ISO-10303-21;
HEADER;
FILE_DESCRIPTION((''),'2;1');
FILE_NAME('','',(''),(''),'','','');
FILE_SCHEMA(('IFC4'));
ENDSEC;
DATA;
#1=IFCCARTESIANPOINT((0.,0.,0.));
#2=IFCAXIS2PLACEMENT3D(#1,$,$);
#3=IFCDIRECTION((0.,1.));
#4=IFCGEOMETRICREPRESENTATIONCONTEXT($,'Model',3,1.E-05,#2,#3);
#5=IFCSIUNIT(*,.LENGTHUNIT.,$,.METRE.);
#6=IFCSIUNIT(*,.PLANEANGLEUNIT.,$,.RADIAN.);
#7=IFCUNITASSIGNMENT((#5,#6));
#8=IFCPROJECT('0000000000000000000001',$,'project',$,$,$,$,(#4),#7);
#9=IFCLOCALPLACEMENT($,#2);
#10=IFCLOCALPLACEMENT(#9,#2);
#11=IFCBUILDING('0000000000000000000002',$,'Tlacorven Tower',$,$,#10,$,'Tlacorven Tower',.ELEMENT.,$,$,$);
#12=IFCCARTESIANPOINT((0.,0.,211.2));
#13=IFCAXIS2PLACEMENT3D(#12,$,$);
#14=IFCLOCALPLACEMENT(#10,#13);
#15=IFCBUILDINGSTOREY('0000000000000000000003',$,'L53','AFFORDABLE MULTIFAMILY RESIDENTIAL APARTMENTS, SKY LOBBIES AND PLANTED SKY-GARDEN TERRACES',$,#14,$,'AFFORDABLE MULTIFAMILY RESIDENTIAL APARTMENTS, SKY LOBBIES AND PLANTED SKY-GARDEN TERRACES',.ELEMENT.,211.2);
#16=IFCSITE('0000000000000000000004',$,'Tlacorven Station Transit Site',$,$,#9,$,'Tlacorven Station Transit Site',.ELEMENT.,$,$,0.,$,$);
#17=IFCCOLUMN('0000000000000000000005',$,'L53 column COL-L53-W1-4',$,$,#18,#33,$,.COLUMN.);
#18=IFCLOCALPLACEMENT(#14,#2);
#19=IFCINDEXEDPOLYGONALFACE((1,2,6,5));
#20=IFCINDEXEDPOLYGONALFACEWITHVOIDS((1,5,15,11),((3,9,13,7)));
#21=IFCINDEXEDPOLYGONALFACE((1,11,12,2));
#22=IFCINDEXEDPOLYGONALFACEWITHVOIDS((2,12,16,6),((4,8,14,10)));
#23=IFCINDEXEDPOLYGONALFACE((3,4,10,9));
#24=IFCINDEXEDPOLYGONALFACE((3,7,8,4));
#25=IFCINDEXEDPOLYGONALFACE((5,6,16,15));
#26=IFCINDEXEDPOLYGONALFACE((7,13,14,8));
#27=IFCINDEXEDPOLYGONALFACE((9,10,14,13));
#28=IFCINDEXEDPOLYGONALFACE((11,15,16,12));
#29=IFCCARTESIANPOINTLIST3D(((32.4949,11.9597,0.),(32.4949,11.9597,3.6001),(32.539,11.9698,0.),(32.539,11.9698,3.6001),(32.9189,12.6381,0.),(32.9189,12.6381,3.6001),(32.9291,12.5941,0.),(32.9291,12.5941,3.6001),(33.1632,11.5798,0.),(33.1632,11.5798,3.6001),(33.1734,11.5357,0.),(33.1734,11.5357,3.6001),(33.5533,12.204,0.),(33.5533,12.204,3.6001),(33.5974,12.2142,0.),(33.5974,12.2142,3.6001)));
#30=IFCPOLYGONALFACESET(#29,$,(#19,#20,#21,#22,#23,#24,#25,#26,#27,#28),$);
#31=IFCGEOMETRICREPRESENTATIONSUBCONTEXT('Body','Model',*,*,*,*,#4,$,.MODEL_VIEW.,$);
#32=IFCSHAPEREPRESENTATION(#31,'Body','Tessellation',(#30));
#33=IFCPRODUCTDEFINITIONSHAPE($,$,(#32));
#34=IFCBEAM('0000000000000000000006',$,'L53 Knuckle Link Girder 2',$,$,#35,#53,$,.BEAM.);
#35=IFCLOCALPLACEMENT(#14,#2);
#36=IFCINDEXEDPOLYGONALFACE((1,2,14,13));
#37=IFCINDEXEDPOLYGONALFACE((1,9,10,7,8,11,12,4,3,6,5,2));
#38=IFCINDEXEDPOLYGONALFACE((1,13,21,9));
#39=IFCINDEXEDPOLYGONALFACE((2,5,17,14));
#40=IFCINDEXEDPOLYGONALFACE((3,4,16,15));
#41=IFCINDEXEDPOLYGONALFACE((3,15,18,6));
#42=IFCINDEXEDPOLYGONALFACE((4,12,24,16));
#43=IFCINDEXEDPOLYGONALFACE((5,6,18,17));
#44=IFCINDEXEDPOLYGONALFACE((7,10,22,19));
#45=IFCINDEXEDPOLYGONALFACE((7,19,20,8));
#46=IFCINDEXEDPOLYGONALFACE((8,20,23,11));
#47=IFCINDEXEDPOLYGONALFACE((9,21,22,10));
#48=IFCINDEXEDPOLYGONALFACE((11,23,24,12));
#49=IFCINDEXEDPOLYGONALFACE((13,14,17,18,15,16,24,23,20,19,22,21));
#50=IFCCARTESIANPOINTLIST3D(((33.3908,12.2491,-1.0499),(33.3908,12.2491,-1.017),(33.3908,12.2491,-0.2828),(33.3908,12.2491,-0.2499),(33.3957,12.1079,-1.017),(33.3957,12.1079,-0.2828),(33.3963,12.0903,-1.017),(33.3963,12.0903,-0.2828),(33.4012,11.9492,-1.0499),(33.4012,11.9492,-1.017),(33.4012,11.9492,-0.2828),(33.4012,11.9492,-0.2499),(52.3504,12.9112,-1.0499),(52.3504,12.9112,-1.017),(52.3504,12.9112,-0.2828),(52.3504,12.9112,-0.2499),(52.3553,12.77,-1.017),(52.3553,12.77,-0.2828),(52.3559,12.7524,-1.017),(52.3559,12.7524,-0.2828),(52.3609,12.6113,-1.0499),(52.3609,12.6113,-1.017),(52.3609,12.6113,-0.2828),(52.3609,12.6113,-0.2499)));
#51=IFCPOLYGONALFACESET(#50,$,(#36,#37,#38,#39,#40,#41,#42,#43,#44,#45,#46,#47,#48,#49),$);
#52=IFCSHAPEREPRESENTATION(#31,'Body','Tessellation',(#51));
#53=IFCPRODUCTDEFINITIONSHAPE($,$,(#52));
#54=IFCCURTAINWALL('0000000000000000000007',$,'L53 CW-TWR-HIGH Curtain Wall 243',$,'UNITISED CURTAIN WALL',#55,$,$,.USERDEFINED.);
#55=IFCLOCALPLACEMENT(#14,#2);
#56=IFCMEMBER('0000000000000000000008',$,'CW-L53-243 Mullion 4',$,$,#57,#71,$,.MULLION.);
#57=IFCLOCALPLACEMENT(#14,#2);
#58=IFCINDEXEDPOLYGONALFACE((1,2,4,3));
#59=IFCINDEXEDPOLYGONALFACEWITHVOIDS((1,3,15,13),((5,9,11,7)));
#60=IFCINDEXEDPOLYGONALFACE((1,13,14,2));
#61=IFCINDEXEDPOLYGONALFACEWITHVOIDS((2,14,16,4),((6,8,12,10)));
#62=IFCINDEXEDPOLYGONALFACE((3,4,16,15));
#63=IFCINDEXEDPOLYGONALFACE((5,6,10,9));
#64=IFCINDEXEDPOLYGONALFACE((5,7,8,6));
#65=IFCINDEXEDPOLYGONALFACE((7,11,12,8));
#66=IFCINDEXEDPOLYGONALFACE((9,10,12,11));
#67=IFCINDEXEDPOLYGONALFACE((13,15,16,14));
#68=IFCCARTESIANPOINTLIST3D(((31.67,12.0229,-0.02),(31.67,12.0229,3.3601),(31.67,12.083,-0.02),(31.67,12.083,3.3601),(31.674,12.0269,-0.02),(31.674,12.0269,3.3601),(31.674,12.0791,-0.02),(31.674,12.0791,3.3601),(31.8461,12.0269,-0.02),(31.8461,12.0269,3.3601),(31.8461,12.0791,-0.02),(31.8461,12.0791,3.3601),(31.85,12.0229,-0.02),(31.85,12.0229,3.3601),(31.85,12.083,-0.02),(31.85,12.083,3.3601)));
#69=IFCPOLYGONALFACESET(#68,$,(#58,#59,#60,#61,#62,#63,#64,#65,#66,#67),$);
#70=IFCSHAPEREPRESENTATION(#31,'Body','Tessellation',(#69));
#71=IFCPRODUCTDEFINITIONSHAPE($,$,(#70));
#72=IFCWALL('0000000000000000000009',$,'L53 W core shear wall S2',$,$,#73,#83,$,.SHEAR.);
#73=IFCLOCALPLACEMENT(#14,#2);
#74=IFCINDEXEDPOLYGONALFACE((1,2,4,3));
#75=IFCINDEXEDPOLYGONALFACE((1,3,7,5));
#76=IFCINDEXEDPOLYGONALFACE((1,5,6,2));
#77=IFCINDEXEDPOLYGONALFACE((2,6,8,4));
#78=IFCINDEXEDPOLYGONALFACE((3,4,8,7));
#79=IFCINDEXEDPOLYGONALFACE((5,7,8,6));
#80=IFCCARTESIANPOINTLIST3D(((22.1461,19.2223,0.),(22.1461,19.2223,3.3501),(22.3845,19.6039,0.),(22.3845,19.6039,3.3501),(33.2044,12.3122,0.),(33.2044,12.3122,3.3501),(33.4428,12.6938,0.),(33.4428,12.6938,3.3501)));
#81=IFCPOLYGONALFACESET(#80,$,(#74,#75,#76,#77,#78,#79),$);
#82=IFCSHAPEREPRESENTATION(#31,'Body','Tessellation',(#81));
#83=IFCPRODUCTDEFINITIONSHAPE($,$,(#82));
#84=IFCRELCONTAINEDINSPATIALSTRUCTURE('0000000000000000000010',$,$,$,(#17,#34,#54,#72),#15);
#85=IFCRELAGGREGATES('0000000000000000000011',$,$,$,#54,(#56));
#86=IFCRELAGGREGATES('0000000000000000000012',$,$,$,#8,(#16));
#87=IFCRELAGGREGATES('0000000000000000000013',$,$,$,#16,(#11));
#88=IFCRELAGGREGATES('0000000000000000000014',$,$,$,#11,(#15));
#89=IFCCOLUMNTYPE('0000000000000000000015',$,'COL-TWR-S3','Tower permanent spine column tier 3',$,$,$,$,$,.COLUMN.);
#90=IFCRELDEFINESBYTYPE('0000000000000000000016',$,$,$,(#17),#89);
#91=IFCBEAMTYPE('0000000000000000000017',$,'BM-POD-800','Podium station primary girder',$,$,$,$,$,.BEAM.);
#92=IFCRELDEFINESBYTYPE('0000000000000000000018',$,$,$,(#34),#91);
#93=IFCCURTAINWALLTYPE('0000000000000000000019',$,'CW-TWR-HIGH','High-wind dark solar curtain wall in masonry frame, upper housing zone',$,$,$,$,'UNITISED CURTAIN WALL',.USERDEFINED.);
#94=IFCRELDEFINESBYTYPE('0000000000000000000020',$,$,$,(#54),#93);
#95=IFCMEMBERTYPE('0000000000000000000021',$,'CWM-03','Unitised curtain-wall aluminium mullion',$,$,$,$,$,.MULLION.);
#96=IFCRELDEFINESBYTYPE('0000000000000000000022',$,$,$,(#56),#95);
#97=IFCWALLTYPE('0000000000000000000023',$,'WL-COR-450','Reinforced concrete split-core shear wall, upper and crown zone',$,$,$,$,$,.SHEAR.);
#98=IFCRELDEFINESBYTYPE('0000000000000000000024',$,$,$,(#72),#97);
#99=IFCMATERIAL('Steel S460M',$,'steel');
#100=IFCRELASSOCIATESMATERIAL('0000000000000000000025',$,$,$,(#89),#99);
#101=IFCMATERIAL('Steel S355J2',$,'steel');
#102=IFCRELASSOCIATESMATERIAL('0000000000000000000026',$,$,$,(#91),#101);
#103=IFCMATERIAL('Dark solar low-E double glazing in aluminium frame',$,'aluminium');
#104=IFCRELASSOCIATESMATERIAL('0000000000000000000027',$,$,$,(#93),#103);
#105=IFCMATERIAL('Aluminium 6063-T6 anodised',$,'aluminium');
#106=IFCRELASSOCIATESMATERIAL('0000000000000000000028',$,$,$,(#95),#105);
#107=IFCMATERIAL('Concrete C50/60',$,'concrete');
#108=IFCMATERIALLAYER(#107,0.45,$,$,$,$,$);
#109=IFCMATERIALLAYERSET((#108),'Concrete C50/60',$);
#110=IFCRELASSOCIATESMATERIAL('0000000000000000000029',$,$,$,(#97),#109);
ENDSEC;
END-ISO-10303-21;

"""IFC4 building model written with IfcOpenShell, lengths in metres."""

from ifc_helpers import new_model, si_unit, direction, frame, frame_2d, origin, origin_2d, place, context, subcontext, project, spatial, rectangle, hollow_rectangle, i_section, extrude, source, transform, mapped, material, layer, layer_set, material_profile, profile_set, type_object, element, aggregate, save


model = new_model("IFC4")

# Units and contexts
model_context = context("Model", 3, precision=1e-05, world=origin(), true_north=direction((0.0, 1.0)))
body_context = subcontext(model_context, "Body", "Model", "MODEL_VIEW")
ifc_project = project(units=[si_unit("LENGTHUNIT", "METRE"), si_unit("PLANEANGLEUNIT", "RADIAN")], contexts=[model_context])

# Site, building, storey
site_placement = place(None, origin())
site = spatial("IfcSite", under=ifc_project, at=site_placement, Name="Tlacorven Station Transit Site", LongName="Tlacorven Station Transit Site", CompositionType="ELEMENT", RefElevation=0.0)
building_placement = place(site_placement, origin())
building = spatial("IfcBuilding", under=site, at=building_placement, Name="Tlacorven Tower", LongName="Tlacorven Tower", CompositionType="ELEMENT")
storey_placement = place(building_placement, frame((0.0, 0.0, 211.2)))
storey = spatial("IfcBuildingStorey", under=building, at=storey_placement, Name="L53", Description="AFFORDABLE MULTIFAMILY RESIDENTIAL APARTMENTS, SKY LOBBIES AND PLANTED SKY-GARDEN TERRACES", LongName="AFFORDABLE MULTIFAMILY RESIDENTIAL APARTMENTS, SKY LOBBIES AND PLANTED SKY-GARDEN TERRACES", CompositionType="ELEMENT", Elevation=211.2)

# Column
ifc_material_1 = material(Name="Steel S460M", Category="steel")
ifc_material_profile_1 = material_profile(ifc_material_1, hollow_rectangle(XDim=0.8, YDim=0.8, WallThickness=0.032, at=origin_2d()), Name="BOX 800X800X32")
ifc_profile_set_1 = profile_set([ifc_material_profile_1], Name="Steel S460M")
column_type = type_object("IfcColumnType", Name="COL-TWR-S3", Description="Tower permanent spine column tier 3", PredefinedType="COLUMN", material=ifc_profile_set_1)
shared_shape_1 = source(origin(), body_context, "Body", "SweptSolid", [
    extrude(hollow_rectangle(XDim=0.8, YDim=0.8, WallThickness=0.032, at=origin_2d()), origin(), (0.0, 0.0, 1.0), 3.6001),
])
column_placement = place(storey_placement, frame((33.0461, 12.0869, 0.0), z_axis=(0.0, 0.0, 1.0), x_axis=(-0.848048, 0.529919, 0.0)))
element("IfcColumn", 1, at=column_placement, inside=storey, type_object=column_type, Name="L53 column COL-L53-W1-4", PredefinedType="COLUMN", context=body_context, shape_type="MappedRepresentation", body=[
    mapped(shared_shape_1, transform((0.0, 0.0, 0.0), scale=1.0)),
])

# Beam
ifc_material_2 = material(Name="Steel S355J2", Category="steel")
ifc_material_profile_2 = material_profile(ifc_material_2, i_section(OverallWidth=0.3, OverallDepth=0.8, WebThickness=0.0176, FlangeThickness=0.033, at=origin_2d()), Name="HEB 800")
ifc_profile_set_2 = profile_set([ifc_material_profile_2], Name="Steel S355J2")
beam_type = type_object("IfcBeamType", Name="BM-POD-800", Description="Podium station primary girder", PredefinedType="BEAM", material=ifc_profile_set_2)
shared_shape_2 = source(origin(), body_context, "Body", "SweptSolid", [
    extrude(i_section(OverallWidth=0.3, OverallDepth=0.8, WebThickness=0.0176, FlangeThickness=0.033, at=origin_2d()), origin(), (0.0, 0.0, 1.0), 18.9712),
])
beam_placement = place(storey_placement, frame((33.396, 12.0991, -0.6499), z_axis=(0.999391, 0.034901, 0.0), x_axis=(-0.034901, 0.999391, 0.0)))
element("IfcBeam", 2, at=beam_placement, inside=storey, type_object=beam_type, Name="L53 Knuckle Link Girder 2", PredefinedType="BEAM", context=body_context, shape_type="MappedRepresentation", body=[
    mapped(shared_shape_2, transform((0.0, 0.0, 0.0), scale=1.0)),
])

# Curtain wall, member
ifc_material_3 = material(Name="Dark solar low-E double glazing in aluminium frame", Category="aluminium")
curtain_wall_type = type_object("IfcCurtainWallType", Name="CW-TWR-HIGH", Description="High-wind dark solar curtain wall in masonry frame, upper housing zone", ElementType="UNITISED CURTAIN WALL", PredefinedType="USERDEFINED", material=ifc_material_3)
curtain_wall_placement = place(storey_placement, origin())
curtain_wall = element("IfcCurtainWall", 3, at=curtain_wall_placement, inside=storey, type_object=curtain_wall_type, Name="L53 CW-TWR-HIGH Curtain Wall 243", ObjectType="UNITISED CURTAIN WALL", PredefinedType="USERDEFINED")
ifc_material_4 = material(Name="Aluminium 6063-T6 anodised", Category="aluminium")
ifc_material_profile_3 = material_profile(ifc_material_4, hollow_rectangle(XDim=0.0601, YDim=0.1799, WallThickness=0.0039, at=origin_2d()), Name="ALU MULLION 60X180")
ifc_profile_set_3 = profile_set([ifc_material_profile_3], Name="Aluminium 6063-T6 anodised")
member_type = type_object("IfcMemberType", Name="CWM-03", Description="Unitised curtain-wall aluminium mullion", PredefinedType="MULLION", material=ifc_profile_set_3)
shared_shape_3 = source(origin(), body_context, "Body", "SweptSolid", [
    extrude(hollow_rectangle(XDim=0.0601, YDim=0.1799, WallThickness=0.0039, at=origin_2d()), origin(), (0.0, 0.0, 1.0), 3.3801),
])
member_placement = place(storey_placement, frame((31.76, 12.053, -0.02), z_axis=(0.0, 0.0, 1.0), x_axis=(0.0, 1.0, 0.0)))
member = element("IfcMember", 4, at=member_placement, type_object=member_type, Name="CW-L53-243 Mullion 4", PredefinedType="MULLION", context=body_context, shape_type="MappedRepresentation", body=[
    mapped(shared_shape_3, transform((0.0, 0.0, 0.0), scale=1.0)),
])
aggregate(curtain_wall, [member])

# Wall
ifc_material_5 = material(Name="Concrete C50/60", Category="concrete")
ifc_layer_1 = layer(ifc_material_5, 0.45)
ifc_layer_set_1 = layer_set([ifc_layer_1], Name="Concrete C50/60")
wall_type_1 = type_object("IfcWallType", Name="WL-COR-450", Description="Reinforced concrete split-core shear wall, upper and crown zone", PredefinedType="SHEAR", material=ifc_layer_set_1)
wall_1_placement = place(storey_placement, frame((33.3237, 12.5029, 0.0), z_axis=(0.0, 0.0, 1.0), x_axis=(-0.848044, 0.529927, 0.0)))
element("IfcWall", 5, at=wall_1_placement, inside=storey, type_object=wall_type_1, Name="L53 W core shear wall S2", PredefinedType="SHEAR", context=body_context, shape_type="SweptSolid", body=[
    extrude(rectangle(XDim=13.0398, YDim=0.45, at=frame_2d((6.52, 0.0))), origin(), (0.0, 0.0, 1.0), 3.3501),
])

save(model, "model.ifc")
